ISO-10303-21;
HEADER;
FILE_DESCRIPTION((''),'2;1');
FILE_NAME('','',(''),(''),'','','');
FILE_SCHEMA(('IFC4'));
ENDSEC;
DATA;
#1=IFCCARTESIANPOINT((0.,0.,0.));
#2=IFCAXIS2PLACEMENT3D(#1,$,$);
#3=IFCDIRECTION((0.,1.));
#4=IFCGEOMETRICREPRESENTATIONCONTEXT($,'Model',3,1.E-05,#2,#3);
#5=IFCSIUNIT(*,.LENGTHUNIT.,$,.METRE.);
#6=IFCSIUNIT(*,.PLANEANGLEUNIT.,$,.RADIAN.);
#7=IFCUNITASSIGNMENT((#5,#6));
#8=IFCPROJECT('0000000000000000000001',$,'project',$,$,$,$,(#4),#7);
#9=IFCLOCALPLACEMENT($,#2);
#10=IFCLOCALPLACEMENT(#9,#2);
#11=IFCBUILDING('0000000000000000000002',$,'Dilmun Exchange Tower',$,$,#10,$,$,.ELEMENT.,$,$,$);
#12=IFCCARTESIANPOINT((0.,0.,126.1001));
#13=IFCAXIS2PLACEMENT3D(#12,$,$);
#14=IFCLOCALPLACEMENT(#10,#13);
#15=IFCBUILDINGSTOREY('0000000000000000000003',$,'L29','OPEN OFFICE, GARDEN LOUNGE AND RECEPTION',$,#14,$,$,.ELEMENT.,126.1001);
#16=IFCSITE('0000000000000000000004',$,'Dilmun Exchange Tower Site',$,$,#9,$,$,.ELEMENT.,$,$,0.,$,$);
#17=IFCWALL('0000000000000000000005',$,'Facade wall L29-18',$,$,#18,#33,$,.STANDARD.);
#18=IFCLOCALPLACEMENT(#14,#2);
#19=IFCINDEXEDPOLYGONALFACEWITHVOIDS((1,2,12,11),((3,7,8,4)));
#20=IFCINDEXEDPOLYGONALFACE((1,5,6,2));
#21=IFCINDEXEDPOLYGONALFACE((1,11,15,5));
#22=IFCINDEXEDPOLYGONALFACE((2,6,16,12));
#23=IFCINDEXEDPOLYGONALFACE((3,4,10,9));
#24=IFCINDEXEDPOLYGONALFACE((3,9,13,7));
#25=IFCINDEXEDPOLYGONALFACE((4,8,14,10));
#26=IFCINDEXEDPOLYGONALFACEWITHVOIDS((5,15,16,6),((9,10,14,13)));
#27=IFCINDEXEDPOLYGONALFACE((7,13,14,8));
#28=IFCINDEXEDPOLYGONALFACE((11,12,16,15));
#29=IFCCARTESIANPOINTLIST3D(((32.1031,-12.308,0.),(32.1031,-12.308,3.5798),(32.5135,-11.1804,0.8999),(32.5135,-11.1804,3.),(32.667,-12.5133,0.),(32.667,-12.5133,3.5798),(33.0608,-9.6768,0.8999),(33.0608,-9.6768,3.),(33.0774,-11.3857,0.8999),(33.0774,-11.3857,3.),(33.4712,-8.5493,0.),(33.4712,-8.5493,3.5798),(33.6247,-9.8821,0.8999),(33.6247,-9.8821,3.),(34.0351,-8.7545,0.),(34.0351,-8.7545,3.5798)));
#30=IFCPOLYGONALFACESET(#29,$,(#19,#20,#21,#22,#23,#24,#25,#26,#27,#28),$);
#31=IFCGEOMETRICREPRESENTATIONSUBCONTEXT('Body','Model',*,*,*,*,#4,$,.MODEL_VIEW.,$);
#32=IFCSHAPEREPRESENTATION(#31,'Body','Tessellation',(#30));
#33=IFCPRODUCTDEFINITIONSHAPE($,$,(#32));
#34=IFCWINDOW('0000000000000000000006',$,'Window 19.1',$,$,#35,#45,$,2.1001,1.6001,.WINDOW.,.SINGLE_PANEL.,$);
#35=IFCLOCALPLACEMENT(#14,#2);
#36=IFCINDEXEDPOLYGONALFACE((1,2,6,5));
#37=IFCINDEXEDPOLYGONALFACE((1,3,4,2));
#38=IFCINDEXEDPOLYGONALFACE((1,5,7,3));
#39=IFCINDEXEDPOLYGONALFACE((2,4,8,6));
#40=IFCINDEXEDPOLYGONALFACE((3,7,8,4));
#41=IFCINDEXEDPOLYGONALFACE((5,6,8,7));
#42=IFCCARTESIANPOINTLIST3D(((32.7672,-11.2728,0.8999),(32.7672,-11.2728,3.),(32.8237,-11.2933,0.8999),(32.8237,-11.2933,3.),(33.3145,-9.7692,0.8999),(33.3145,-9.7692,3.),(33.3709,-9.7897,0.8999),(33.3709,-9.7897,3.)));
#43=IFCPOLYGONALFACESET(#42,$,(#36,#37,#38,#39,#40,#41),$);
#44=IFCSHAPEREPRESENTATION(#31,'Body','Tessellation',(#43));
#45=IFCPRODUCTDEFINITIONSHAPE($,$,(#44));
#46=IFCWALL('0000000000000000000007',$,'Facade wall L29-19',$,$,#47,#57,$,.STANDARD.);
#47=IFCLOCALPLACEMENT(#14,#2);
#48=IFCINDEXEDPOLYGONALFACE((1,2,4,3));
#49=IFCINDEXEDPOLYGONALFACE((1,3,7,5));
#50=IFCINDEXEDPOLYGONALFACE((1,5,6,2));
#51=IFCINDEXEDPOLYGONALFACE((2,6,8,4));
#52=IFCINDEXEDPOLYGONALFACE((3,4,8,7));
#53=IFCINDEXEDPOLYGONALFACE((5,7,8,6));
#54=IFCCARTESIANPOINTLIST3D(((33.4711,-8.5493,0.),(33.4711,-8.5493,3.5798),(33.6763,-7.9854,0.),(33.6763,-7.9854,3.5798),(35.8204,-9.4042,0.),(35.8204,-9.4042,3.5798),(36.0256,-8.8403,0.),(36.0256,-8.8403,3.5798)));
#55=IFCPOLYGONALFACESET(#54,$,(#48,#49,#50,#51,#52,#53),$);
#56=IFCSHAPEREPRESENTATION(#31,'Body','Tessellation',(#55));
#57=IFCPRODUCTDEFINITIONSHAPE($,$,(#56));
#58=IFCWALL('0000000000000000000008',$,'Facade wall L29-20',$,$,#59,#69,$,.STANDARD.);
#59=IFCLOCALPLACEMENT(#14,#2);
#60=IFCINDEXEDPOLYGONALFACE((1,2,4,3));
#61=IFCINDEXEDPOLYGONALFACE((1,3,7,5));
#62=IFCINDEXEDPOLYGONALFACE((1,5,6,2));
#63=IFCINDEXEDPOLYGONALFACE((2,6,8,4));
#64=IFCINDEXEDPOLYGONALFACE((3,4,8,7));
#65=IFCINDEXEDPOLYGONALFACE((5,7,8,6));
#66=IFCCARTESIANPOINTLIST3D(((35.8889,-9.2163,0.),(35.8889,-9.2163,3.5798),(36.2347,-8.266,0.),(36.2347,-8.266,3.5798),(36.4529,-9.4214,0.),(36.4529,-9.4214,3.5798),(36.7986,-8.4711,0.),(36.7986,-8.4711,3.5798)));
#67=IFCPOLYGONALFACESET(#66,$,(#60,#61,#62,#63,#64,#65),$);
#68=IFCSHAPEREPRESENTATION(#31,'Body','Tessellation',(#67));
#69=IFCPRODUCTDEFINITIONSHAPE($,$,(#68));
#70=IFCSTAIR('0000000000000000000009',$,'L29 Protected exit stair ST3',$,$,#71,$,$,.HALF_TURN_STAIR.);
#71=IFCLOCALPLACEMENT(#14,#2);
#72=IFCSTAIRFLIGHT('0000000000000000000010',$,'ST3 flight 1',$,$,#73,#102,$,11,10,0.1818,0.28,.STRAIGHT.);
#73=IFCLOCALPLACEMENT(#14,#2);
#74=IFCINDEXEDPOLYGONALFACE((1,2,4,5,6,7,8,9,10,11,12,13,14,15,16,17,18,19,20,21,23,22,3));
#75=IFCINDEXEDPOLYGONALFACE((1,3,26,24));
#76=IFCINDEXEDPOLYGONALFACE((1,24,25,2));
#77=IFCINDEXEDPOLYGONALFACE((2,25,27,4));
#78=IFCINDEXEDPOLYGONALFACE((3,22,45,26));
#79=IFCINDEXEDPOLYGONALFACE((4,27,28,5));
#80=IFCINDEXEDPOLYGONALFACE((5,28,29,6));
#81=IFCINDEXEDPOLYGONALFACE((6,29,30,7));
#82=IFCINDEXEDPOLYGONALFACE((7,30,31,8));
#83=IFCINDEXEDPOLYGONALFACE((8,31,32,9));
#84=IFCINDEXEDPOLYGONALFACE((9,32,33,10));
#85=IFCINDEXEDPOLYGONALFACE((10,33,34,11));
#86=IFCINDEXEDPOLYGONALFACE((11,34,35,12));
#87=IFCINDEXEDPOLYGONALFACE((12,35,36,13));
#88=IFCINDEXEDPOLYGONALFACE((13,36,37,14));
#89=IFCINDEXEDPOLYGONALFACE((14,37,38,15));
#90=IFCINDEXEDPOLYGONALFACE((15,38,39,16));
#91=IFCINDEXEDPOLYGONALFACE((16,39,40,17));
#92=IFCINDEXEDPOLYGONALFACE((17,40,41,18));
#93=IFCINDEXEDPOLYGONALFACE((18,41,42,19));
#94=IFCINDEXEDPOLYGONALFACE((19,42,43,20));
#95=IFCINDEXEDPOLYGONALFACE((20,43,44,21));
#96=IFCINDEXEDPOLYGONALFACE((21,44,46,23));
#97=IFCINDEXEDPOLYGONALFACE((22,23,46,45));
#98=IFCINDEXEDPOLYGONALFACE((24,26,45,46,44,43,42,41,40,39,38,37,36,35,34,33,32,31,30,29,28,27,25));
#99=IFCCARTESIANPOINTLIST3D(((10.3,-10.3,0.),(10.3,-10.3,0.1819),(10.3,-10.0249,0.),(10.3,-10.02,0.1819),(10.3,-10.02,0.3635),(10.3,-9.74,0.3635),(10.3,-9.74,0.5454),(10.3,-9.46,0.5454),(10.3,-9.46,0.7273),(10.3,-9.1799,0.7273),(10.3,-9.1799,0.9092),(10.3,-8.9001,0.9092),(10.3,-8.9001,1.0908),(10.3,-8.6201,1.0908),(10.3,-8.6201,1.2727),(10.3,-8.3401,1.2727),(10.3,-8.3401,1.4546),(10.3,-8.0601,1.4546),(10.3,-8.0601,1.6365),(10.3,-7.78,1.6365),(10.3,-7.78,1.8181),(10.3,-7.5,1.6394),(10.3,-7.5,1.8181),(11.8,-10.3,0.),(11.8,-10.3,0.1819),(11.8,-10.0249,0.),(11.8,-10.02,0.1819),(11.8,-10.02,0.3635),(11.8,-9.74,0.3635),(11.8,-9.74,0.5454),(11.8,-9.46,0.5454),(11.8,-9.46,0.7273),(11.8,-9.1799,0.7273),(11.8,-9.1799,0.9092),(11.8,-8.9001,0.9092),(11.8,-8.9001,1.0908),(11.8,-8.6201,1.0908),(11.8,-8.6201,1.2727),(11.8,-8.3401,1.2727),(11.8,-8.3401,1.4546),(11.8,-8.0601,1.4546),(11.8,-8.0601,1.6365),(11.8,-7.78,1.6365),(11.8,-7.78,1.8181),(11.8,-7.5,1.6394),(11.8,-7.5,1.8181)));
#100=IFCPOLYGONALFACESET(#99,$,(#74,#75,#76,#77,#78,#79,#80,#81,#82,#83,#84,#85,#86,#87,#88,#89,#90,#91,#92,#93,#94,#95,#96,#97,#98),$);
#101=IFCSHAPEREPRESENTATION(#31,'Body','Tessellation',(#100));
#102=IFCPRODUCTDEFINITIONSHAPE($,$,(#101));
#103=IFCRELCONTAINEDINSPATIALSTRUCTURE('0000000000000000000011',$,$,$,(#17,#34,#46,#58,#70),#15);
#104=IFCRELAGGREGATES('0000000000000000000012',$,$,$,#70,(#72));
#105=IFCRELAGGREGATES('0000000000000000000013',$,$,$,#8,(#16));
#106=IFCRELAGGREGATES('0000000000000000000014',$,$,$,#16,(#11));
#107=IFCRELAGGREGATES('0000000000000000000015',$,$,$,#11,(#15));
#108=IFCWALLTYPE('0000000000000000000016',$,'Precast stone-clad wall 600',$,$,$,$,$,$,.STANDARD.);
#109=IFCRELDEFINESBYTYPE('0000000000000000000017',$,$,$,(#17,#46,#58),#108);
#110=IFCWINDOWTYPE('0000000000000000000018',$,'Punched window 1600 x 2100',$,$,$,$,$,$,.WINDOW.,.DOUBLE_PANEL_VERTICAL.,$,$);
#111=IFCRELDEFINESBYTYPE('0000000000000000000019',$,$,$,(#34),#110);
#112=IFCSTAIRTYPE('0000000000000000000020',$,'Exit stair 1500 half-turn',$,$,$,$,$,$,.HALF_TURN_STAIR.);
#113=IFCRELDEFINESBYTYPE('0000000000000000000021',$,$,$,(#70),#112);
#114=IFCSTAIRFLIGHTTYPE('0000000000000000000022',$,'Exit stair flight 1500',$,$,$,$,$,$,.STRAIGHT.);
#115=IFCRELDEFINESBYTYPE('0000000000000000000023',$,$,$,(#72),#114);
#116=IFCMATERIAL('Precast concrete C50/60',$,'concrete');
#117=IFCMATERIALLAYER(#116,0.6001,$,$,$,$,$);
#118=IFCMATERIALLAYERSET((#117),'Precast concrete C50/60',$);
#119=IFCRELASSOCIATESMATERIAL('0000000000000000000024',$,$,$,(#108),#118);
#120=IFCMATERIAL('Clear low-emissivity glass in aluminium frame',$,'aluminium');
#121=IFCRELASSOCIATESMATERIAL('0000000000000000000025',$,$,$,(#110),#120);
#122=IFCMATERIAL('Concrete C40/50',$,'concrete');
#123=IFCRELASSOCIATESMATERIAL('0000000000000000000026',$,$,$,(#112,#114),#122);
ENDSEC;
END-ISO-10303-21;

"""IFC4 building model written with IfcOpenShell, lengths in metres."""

from ifc_helpers import new_model, si_unit, direction, frame, frame_2d, origin, place, context, subcontext, project, spatial, polyline, rectangle, outline, extrude, material, layer, layer_set, type_object, element, fill, aggregate, save


model = new_model("IFC4")

# Units and contexts
model_context = context("Model", 3, precision=1e-05, world=origin(), true_north=direction((0.0, 1.0)))
body_context = subcontext(model_context, "Body", "Model", "MODEL_VIEW")
ifc_project = project(units=[si_unit("LENGTHUNIT", "METRE"), si_unit("PLANEANGLEUNIT", "RADIAN")], contexts=[model_context])

# Site, building, storey
site_placement = place(None, origin())
site = spatial("IfcSite", under=ifc_project, at=site_placement, Name="Dilmun Exchange Tower Site", CompositionType="ELEMENT", RefElevation=0.0)
building_placement = place(site_placement, origin())
building = spatial("IfcBuilding", under=site, at=building_placement, Name="Dilmun Exchange Tower", CompositionType="ELEMENT")
storey_placement = place(building_placement, frame((0.0, 0.0, 126.1001)))
storey = spatial("IfcBuildingStorey", under=building, at=storey_placement, Name="L29", Description="OPEN OFFICE, GARDEN LOUNGE AND RECEPTION", CompositionType="ELEMENT", Elevation=126.1001)

# Shared definitions
ifc_material_1 = material(Name="Concrete C40/50", Category="concrete")

# Shared definitions
ifc_material_2 = material(Name="Precast concrete C50/60", Category="concrete")
ifc_layer_1 = layer(ifc_material_2, 0.6001)
ifc_layer_set_1 = layer_set([ifc_layer_1], Name="Precast concrete C50/60")
wall_type_1 = type_object("IfcWallType", Name="Precast stone-clad wall 600", PredefinedType="STANDARD", material=ifc_layer_set_1)

# Wall, opening, window
wall_1_placement = place(storey_placement, frame((32.385, -12.4106, 0.0), z_axis=(0.0, 0.0, 1.0), x_axis=(0.342037, 0.939686, 0.0)))
wall_1 = element("IfcWall", 1, at=wall_1_placement, inside=storey, type_object=wall_type_1, Name="Facade wall L29-18", PredefinedType="STANDARD", context=body_context, shape_type="SweptSolid", body=[
    extrude(rectangle(XDim=4.0, YDim=0.6001, at=frame_2d((2.0, 0.0))), origin(), (0.0, 0.0, 1.0), 3.5798),
])
opening_1_placement = place(wall_1_placement, frame((1.2, 0.0, 0.8999)))
opening_1 = element("IfcOpeningElement", 2, at=opening_1_placement, cuts=wall_1, PredefinedType="OPENING", context=body_context, shape_type="SweptSolid", body=[
    extrude(rectangle(XDim=1.6001, YDim=2.1001, at=frame_2d((0.8, 1.05))), frame((0.0, 0.3101, 0.0), z_axis=(0.0, -1.0, 0.0), x_axis=(1.0, 0.0, 0.0)), (0.0, 0.0, 1.0), 0.6201),
])
ifc_material_3 = material(Name="Clear low-emissivity glass in aluminium frame", Category="aluminium")
window_type = type_object("IfcWindowType", Name="Punched window 1600 x 2100", PartitioningType="DOUBLE_PANEL_VERTICAL", PredefinedType="WINDOW", material=ifc_material_3)
window_placement = place(opening_1_placement, origin())
window = element("IfcWindow", 3, at=window_placement, inside=storey, type_object=window_type, Name="Window 19.1", OverallHeight=2.1001, OverallWidth=1.6001, PartitioningType="SINGLE_PANEL", PredefinedType="WINDOW", context=body_context, shape_type="SweptSolid", body=[
    extrude(rectangle(XDim=1.6001, YDim=2.1001, at=frame_2d((0.8, 1.05))), frame((0.0, 0.03, 0.0), z_axis=(0.0, -1.0, 0.0), x_axis=(1.0, 0.0, 0.0)), (0.0, 0.0, 1.0), 0.0601),
])
fill(opening_1, window)

# Walls
wall_2_placement = place(storey_placement, frame((33.5737, -8.2673, 0.0), z_axis=(0.0, 0.0, 1.0), x_axis=(0.939708, -0.341978, 0.0)))
element("IfcWall", 4, at=wall_2_placement, inside=storey, type_object=wall_type_1, Name="Facade wall L29-19", PredefinedType="STANDARD", context=body_context, shape_type="SweptSolid", body=[
    extrude(rectangle(XDim=2.5, YDim=0.6001, at=frame_2d((1.25, 0.0))), origin(), (0.0, 0.0, 1.0), 3.5798),
])
wall_3_placement = place(storey_placement, frame((36.1709, -9.3188, 0.0), z_axis=(0.0, 0.0, 1.0), x_axis=(0.341898, 0.939737, 0.0)))
element("IfcWall", 5, at=wall_3_placement, inside=storey, type_object=wall_type_1, Name="Facade wall L29-20", PredefinedType="STANDARD", context=body_context, shape_type="SweptSolid", body=[
    extrude(rectangle(XDim=1.0112, YDim=0.6001, at=frame_2d((0.5056, 0.0))), origin(), (0.0, 0.0, 1.0), 3.5798),
])

# Stair, stair flight
stair_type = type_object("IfcStairType", Name="Exit stair 1500 half-turn", PredefinedType="HALF_TURN_STAIR", material=ifc_material_1)
stair_placement = place(storey_placement, origin())
stair = element("IfcStair", 6, at=stair_placement, inside=storey, type_object=stair_type, Name="L29 Protected exit stair ST3", PredefinedType="HALF_TURN_STAIR")
stair_flight_type = type_object("IfcStairFlightType", Name="Exit stair flight 1500", PredefinedType="STRAIGHT", material=ifc_material_1)
stair_flight_placement = place(storey_placement, frame((11.05, -10.3, 0.0), z_axis=(0.0, 0.0, 1.0), x_axis=(0.0, 1.0, 0.0)))
stair_flight = element("IfcStairFlight", 7, at=stair_flight_placement, type_object=stair_flight_type, Name="ST3 flight 1", NumberOfRisers=11, NumberOfTreads=10, PredefinedType="STRAIGHT", RiserHeight=0.1818, TreadLength=0.28, context=body_context, shape_type="SweptSolid", body=[
    extrude(outline(polyline([(0.0, 0.0), (0.0, 0.1819), (0.28, 0.1819), (0.28, 0.3635), (0.5601, 0.3635), (0.5601, 0.5454), (0.8401, 0.5454), (0.8401, 0.7273), (1.1201, 0.7273), (1.1201, 0.9092), (1.3999, 0.9092), (1.3999, 1.0908), (1.6799, 1.0908), (1.6799, 1.2727), (1.96, 1.2727), (1.96, 1.4546), (2.24, 1.4546), (2.24, 1.6365), (2.52, 1.6365), (2.52, 1.8181), (2.8, 1.8181), (2.8, 2.0), (2.8, 1.6394), (0.2751, 0.0), (0.0, 0.0)])), frame((0.0, 0.75, 0.0), z_axis=(0.0, -1.0, 0.0), x_axis=(1.0, 0.0, 0.0)), (0.0, 0.0, 1.0), 1.5),
])
aggregate(stair, [stair_flight])

save(model, "model.ifc")
